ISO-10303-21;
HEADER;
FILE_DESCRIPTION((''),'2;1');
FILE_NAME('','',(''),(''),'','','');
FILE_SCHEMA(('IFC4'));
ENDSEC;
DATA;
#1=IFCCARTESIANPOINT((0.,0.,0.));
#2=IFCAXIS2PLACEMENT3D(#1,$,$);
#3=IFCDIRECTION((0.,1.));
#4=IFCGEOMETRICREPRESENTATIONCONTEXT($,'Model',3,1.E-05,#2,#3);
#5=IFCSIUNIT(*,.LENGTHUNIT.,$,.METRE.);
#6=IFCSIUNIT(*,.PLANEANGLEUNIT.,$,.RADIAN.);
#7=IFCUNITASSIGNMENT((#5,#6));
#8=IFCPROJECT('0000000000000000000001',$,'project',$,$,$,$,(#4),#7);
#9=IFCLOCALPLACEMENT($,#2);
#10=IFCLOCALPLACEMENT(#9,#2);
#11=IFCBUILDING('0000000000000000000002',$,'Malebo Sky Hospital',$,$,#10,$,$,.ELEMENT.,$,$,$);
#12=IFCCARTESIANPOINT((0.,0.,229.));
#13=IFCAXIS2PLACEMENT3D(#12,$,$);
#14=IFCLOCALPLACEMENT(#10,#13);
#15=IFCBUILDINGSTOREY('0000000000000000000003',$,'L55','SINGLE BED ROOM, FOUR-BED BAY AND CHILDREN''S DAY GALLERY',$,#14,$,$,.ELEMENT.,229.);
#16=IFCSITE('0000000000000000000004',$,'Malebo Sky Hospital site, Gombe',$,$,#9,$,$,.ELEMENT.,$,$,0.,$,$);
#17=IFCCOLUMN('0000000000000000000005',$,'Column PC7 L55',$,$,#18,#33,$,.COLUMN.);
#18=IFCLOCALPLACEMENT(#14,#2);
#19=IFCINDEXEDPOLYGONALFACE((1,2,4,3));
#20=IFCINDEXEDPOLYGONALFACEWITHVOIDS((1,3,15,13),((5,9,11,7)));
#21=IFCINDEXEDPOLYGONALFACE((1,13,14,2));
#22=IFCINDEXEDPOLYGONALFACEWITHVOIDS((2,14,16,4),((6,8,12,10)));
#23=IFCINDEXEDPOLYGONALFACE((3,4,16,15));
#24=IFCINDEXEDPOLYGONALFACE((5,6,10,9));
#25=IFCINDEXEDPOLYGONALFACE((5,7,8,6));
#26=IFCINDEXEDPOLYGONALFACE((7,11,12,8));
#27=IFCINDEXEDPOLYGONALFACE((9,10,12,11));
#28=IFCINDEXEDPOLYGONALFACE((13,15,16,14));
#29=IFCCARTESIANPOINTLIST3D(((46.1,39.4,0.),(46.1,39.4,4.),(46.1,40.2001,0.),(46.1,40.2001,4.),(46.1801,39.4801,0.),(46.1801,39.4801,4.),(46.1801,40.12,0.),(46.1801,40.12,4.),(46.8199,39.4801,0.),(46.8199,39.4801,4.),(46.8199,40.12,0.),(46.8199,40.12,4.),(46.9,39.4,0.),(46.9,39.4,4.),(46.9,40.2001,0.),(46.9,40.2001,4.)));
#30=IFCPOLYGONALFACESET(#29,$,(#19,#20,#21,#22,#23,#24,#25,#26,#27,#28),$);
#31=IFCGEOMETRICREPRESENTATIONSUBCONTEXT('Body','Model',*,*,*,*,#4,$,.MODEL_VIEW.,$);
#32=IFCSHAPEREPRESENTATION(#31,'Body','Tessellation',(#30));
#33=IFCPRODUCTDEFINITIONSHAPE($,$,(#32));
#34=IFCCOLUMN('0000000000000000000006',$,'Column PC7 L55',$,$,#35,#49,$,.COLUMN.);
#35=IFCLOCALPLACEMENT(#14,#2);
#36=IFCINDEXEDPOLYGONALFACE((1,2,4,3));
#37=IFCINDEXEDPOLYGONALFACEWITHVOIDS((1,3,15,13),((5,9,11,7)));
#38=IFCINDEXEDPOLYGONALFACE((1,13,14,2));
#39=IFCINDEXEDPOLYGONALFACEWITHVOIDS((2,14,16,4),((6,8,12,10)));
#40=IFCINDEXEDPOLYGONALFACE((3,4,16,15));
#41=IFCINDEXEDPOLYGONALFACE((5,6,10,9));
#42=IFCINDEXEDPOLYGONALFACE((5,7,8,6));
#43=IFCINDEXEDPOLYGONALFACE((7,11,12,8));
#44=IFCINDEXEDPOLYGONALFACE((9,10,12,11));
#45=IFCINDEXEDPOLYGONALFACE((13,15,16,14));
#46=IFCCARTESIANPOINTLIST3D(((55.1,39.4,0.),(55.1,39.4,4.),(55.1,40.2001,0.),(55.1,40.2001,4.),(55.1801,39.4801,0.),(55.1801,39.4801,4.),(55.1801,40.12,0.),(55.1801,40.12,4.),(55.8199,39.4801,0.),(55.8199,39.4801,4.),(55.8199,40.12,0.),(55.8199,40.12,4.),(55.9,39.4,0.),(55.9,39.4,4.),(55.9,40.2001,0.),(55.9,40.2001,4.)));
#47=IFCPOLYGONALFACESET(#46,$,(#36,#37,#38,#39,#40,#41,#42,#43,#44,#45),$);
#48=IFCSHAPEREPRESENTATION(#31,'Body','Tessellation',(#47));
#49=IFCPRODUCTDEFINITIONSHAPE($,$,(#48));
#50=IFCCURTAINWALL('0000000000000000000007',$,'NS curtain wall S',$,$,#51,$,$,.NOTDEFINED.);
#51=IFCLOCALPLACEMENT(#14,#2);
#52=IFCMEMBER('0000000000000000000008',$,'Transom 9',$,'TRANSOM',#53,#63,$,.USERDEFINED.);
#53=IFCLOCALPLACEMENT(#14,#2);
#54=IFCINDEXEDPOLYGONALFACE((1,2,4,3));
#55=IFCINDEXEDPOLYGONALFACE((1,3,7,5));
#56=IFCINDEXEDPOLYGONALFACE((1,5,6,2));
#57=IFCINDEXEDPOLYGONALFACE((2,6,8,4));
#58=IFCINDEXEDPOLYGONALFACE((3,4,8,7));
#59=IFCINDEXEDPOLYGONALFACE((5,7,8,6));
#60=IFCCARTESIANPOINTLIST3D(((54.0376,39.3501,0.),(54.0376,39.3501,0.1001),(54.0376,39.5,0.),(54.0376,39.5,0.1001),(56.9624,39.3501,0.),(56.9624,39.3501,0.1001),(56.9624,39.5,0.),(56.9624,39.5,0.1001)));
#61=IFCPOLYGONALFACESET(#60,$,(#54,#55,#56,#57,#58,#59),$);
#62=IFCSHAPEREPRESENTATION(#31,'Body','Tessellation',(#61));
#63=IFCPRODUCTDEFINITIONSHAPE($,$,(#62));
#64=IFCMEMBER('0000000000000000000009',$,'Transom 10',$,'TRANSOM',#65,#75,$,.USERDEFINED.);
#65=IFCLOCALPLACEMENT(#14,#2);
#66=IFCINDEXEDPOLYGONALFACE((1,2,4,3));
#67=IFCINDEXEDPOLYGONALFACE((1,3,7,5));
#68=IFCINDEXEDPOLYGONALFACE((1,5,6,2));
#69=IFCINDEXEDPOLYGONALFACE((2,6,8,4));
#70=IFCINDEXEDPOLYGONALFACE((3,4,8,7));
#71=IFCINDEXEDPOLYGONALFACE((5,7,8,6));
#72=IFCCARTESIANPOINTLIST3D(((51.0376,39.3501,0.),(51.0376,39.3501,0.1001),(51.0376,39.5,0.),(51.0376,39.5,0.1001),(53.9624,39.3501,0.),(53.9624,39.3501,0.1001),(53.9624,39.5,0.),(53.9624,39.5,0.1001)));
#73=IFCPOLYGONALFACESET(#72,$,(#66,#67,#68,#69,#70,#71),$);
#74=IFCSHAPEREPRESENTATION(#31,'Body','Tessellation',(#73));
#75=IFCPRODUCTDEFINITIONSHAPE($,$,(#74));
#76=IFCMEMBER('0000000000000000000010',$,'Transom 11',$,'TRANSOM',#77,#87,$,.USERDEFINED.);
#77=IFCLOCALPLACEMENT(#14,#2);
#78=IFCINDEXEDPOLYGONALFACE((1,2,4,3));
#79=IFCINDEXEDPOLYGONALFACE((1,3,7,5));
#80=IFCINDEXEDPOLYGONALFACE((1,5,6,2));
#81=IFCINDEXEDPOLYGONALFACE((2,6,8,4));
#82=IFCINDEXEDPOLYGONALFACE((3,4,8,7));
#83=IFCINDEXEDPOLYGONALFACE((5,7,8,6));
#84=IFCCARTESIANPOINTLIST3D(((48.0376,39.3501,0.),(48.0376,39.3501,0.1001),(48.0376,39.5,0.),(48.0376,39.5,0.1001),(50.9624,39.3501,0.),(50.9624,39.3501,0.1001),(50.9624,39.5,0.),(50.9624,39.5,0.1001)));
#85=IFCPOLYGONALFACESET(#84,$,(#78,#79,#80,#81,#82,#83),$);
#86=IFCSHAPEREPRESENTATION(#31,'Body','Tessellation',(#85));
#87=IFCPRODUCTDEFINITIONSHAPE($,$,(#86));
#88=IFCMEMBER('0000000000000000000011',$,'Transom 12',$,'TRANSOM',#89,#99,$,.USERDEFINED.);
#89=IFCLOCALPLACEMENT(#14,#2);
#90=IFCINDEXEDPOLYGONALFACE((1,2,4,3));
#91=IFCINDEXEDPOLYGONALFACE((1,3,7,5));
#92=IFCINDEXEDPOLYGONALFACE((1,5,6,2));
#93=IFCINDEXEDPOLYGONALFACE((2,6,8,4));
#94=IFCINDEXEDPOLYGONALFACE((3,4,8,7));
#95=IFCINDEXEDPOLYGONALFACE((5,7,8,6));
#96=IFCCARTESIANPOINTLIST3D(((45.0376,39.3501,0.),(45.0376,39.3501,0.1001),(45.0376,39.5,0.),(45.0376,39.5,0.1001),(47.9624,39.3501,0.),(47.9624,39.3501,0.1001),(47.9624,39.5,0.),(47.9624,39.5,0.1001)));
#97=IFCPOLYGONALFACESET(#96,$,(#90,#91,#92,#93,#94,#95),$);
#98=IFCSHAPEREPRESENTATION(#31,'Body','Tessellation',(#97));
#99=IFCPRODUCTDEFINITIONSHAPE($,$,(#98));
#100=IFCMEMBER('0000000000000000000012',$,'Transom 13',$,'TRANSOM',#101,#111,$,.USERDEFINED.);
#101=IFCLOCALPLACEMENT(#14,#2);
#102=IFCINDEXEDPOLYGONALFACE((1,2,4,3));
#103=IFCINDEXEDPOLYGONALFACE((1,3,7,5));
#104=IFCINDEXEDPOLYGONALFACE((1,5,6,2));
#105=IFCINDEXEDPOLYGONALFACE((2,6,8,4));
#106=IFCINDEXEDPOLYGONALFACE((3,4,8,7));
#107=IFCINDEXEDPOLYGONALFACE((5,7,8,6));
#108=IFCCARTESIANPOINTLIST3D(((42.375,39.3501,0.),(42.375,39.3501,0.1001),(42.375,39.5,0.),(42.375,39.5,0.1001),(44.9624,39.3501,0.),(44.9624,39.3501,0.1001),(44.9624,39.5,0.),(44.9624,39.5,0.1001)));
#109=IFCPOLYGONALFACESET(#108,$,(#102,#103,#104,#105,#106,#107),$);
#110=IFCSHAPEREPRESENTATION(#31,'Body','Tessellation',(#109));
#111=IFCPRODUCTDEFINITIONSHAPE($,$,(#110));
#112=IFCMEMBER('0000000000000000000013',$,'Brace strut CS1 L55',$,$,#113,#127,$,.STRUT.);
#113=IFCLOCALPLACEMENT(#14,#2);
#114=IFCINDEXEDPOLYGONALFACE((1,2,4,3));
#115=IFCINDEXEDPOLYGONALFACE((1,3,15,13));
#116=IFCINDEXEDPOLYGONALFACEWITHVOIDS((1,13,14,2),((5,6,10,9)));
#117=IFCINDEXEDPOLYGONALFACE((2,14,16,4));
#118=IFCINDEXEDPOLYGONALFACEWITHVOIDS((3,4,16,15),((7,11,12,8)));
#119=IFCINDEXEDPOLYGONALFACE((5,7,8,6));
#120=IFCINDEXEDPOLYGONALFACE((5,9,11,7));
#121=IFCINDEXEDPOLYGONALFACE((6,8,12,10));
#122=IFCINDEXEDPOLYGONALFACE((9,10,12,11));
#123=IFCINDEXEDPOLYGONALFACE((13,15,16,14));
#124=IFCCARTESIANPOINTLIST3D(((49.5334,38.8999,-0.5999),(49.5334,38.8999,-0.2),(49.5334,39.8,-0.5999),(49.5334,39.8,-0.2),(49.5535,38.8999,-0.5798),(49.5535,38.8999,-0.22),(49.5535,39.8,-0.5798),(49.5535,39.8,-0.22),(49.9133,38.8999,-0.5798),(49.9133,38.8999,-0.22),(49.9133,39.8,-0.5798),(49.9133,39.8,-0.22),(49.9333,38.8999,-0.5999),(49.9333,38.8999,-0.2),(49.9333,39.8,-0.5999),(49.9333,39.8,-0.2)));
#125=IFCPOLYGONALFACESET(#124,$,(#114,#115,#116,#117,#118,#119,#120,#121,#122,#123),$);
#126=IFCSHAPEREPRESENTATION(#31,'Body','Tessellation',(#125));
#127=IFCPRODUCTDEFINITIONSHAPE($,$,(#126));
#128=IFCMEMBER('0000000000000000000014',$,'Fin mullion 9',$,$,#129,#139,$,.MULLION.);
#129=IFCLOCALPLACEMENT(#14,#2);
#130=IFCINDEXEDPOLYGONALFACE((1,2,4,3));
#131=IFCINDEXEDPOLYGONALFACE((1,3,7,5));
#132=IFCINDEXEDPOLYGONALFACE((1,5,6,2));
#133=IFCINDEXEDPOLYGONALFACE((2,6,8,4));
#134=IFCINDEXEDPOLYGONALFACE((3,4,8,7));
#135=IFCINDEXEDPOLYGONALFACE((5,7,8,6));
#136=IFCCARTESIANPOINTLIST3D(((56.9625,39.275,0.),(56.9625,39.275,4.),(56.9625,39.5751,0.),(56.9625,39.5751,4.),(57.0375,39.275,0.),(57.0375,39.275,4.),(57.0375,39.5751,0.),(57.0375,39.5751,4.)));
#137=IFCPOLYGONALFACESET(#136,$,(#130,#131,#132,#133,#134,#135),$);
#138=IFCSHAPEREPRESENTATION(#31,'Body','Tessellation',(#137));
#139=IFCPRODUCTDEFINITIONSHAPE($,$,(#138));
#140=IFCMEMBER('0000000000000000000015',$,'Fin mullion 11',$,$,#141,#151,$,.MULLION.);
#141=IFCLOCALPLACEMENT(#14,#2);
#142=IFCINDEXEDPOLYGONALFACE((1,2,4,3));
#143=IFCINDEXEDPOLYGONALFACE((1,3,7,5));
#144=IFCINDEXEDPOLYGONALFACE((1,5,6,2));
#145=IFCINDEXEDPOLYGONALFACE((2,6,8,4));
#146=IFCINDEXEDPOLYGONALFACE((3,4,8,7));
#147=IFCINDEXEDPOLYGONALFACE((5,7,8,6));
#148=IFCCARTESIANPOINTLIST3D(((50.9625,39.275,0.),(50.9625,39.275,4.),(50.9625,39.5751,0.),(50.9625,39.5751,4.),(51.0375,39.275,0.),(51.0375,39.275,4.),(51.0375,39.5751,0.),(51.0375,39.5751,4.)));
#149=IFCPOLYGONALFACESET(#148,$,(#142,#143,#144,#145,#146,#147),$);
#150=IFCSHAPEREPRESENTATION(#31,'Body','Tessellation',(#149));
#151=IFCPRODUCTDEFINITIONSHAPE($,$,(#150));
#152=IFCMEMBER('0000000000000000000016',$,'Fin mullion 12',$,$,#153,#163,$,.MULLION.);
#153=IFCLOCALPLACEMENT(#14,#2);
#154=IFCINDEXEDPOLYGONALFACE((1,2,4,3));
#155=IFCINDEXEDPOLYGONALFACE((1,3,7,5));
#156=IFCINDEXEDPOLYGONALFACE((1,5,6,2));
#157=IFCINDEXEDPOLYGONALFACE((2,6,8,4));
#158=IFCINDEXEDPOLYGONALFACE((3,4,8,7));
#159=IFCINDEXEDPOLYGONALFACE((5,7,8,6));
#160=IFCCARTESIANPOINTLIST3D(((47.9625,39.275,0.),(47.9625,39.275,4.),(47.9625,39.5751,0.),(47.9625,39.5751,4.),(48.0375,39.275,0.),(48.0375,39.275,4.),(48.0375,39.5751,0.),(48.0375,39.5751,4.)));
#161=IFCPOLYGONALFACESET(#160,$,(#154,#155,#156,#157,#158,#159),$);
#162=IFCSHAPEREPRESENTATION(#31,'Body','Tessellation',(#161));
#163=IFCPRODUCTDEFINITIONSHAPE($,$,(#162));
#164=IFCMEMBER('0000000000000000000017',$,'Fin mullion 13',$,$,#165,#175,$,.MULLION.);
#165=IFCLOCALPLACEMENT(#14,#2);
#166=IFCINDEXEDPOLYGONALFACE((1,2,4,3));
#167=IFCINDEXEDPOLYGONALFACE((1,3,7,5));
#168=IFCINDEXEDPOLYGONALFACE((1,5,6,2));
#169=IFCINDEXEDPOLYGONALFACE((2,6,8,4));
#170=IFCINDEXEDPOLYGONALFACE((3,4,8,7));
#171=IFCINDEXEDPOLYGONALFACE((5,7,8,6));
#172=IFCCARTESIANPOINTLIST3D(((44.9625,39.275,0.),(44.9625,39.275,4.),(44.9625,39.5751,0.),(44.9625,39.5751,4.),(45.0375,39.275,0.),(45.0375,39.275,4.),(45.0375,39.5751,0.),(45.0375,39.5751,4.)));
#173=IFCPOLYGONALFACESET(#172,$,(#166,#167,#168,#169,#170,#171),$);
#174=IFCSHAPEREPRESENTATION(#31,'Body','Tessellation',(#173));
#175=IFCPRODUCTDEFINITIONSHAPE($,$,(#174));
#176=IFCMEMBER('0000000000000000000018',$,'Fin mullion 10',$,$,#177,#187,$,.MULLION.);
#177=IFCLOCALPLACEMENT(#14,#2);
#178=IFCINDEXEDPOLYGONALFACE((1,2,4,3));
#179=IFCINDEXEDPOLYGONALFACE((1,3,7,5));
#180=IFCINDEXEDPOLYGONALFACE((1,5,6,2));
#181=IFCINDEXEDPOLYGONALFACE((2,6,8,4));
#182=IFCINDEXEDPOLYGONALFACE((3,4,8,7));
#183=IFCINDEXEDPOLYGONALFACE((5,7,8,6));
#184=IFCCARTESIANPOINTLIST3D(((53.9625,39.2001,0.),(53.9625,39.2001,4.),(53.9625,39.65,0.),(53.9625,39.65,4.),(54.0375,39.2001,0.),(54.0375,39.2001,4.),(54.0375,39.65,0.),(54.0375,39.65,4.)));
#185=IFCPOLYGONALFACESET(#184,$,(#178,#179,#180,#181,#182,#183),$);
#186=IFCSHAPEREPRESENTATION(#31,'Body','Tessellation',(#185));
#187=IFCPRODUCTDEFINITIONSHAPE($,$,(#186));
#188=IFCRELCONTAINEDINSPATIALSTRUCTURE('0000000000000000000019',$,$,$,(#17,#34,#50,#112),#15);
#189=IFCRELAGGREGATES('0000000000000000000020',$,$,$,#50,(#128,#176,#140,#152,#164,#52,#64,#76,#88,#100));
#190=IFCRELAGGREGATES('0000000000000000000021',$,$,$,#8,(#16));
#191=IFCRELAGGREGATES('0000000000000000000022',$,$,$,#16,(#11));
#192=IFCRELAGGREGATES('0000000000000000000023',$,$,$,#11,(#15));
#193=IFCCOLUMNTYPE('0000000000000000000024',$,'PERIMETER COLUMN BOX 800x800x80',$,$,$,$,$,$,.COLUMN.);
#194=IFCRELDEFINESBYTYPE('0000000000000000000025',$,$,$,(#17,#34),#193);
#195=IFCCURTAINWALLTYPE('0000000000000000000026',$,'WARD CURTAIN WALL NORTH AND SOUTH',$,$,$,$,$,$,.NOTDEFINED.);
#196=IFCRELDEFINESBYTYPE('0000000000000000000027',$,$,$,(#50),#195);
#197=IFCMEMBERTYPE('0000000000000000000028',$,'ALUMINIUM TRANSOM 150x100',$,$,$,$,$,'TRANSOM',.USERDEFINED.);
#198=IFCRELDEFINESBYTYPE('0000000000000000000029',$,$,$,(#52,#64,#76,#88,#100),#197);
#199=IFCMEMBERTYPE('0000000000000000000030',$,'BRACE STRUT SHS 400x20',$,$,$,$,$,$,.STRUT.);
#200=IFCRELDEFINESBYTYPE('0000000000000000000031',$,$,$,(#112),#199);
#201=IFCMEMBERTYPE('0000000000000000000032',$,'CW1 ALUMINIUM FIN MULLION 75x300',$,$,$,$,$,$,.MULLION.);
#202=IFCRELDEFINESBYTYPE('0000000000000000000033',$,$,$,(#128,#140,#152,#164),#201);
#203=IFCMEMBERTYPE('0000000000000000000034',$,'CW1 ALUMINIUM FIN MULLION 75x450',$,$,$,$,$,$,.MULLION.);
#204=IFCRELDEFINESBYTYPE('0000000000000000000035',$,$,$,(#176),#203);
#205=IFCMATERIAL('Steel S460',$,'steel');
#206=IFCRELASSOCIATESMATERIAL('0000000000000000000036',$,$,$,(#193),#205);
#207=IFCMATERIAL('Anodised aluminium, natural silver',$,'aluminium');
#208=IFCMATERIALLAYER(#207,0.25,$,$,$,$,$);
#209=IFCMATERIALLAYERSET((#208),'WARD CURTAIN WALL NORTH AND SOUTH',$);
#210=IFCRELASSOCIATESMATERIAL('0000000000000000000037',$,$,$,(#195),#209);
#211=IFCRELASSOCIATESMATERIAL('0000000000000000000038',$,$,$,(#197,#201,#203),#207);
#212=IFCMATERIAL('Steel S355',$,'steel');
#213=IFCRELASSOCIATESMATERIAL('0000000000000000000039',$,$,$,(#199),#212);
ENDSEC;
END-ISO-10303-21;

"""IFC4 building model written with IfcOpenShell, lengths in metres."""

from ifc_helpers import new_model, si_unit, direction, frame, origin, origin_2d, place, context, subcontext, project, spatial, rectangle, hollow_rectangle, extrude, material, layer, layer_set, material_profile, profile_set, type_object, element, aggregate, save


model = new_model("IFC4")

# Units and contexts
model_context = context("Model", 3, precision=1e-05, world=origin(), true_north=direction((0.0, 1.0)))
body_context = subcontext(model_context, "Body", "Model", "MODEL_VIEW")
ifc_project = project(units=[si_unit("LENGTHUNIT", "METRE"), si_unit("PLANEANGLEUNIT", "RADIAN")], contexts=[model_context])

# Site, building, storey
site_placement = place(None, origin())
site = spatial("IfcSite", under=ifc_project, at=site_placement, Name="Malebo Sky Hospital site, Gombe", CompositionType="ELEMENT", RefElevation=0.0)
building_placement = place(site_placement, origin())
building = spatial("IfcBuilding", under=site, at=building_placement, Name="Malebo Sky Hospital", CompositionType="ELEMENT")
storey_placement = place(building_placement, frame((0.0, 0.0, 229.0)))
storey = spatial("IfcBuildingStorey", under=building, at=storey_placement, Name="L55", Description="SINGLE BED ROOM, FOUR-BED BAY AND CHILDREN'S DAY GALLERY", CompositionType="ELEMENT", Elevation=229.0)

# Columns
ifc_material_1 = material(Name="Steel S460", Category="steel")
ifc_material_profile_1 = material_profile(ifc_material_1, hollow_rectangle(XDim=0.8, YDim=0.8, WallThickness=0.0801, at=origin_2d()), Name="BOX 800x800x80")
ifc_profile_set_1 = profile_set([ifc_material_profile_1], Name="Steel S460")
column_type = type_object("IfcColumnType", Name="PERIMETER COLUMN BOX 800x800x80", PredefinedType="COLUMN", material=ifc_profile_set_1)
for number, where, z_axis, x_axis, name in (
    (1, (46.5, 39.8, 0.0), (0.0, 0.0, 1.0), (1.0, 0.0, 0.0), "Column PC7 L55"),
    (2, (55.5, 39.8, 0.0), (0.0, 0.0, 1.0), (1.0, 0.0, 0.0), "Column PC7 L55"),
):
    element("IfcColumn", number, at=place(storey_placement, frame(where, z_axis=z_axis, x_axis=x_axis)), inside=storey, type_object=column_type, Name=name, PredefinedType="COLUMN", context=body_context, shape_type="SweptSolid", body=[
        extrude(hollow_rectangle(XDim=0.8, YDim=0.8, WallThickness=0.0801, at=origin_2d()), origin(), (0.0, 0.0, 1.0), 4.0),
    ])

# Curtain wall, members
ifc_material_2 = material(Name="Anodised aluminium, natural silver", Category="aluminium")
ifc_layer_1 = layer(ifc_material_2, 0.25)
ifc_layer_set_1 = layer_set([ifc_layer_1], Name="WARD CURTAIN WALL NORTH AND SOUTH")
curtain_wall_type = type_object("IfcCurtainWallType", Name="WARD CURTAIN WALL NORTH AND SOUTH", PredefinedType="NOTDEFINED", material=ifc_layer_set_1)
curtain_wall_placement = place(storey_placement, origin())
curtain_wall = element("IfcCurtainWall", 3, at=curtain_wall_placement, inside=storey, type_object=curtain_wall_type, Name="NS curtain wall S", PredefinedType="NOTDEFINED")
ifc_material_profile_2 = material_profile(ifc_material_2, rectangle(XDim=0.1499, YDim=0.1001, at=origin_2d()), Name="ALUMINIUM TRANSOM 150x100")
ifc_profile_set_2 = profile_set([ifc_material_profile_2], Name="Anodised aluminium, natural silver")
member_type_1 = type_object("IfcMemberType", Name="ALUMINIUM TRANSOM 150x100", ElementType="TRANSOM", PredefinedType="USERDEFINED", material=ifc_profile_set_2)
member_1_placement = place(storey_placement, frame((56.9624, 39.425, 0.05), z_axis=(-1.0, 0.0, 0.0), x_axis=(0.0, -1.0, 0.0)))
member_1 = element("IfcMember", 4, at=member_1_placement, type_object=member_type_1, Name="Transom 9", ObjectType="TRANSOM", PredefinedType="USERDEFINED", context=body_context, shape_type="SweptSolid", body=[
    extrude(rectangle(XDim=0.1499, YDim=0.1001, at=origin_2d()), origin(), (0.0, 0.0, 1.0), 2.9248),
])
member_2_placement = place(storey_placement, frame((53.9624, 39.425, 0.05), z_axis=(-1.0, 0.0, 0.0), x_axis=(0.0, -1.0, 0.0)))
member_2 = element("IfcMember", 5, at=member_2_placement, type_object=member_type_1, Name="Transom 10", ObjectType="TRANSOM", PredefinedType="USERDEFINED", context=body_context, shape_type="SweptSolid", body=[
    extrude(rectangle(XDim=0.1499, YDim=0.1001, at=origin_2d()), origin(), (0.0, 0.0, 1.0), 2.9248),
])
member_3_placement = place(storey_placement, frame((50.9624, 39.425, 0.05), z_axis=(-1.0, 0.0, 0.0), x_axis=(0.0, -1.0, 0.0)))
member_3 = element("IfcMember", 6, at=member_3_placement, type_object=member_type_1, Name="Transom 11", ObjectType="TRANSOM", PredefinedType="USERDEFINED", context=body_context, shape_type="SweptSolid", body=[
    extrude(rectangle(XDim=0.1499, YDim=0.1001, at=origin_2d()), origin(), (0.0, 0.0, 1.0), 2.9248),
])
member_4_placement = place(storey_placement, frame((47.9624, 39.425, 0.05), z_axis=(-1.0, 0.0, 0.0), x_axis=(0.0, -1.0, 0.0)))
member_4 = element("IfcMember", 7, at=member_4_placement, type_object=member_type_1, Name="Transom 12", ObjectType="TRANSOM", PredefinedType="USERDEFINED", context=body_context, shape_type="SweptSolid", body=[
    extrude(rectangle(XDim=0.1499, YDim=0.1001, at=origin_2d()), origin(), (0.0, 0.0, 1.0), 2.9248),
])
member_5_placement = place(storey_placement, frame((44.9624, 39.425, 0.05), z_axis=(-1.0, 0.0, 0.0), x_axis=(0.0, -1.0, 0.0)))
member_5 = element("IfcMember", 8, at=member_5_placement, type_object=member_type_1, Name="Transom 13", ObjectType="TRANSOM", PredefinedType="USERDEFINED", context=body_context, shape_type="SweptSolid", body=[
    extrude(rectangle(XDim=0.1499, YDim=0.1001, at=origin_2d()), origin(), (0.0, 0.0, 1.0), 2.5874),
])

# Members
ifc_material_3 = material(Name="Steel S355", Category="steel")
ifc_material_profile_3 = material_profile(ifc_material_3, hollow_rectangle(XDim=0.3999, YDim=0.3999, WallThickness=0.02, at=origin_2d()), Name="SHS 400x20")
ifc_profile_set_3 = profile_set([ifc_material_profile_3], Name="Steel S355")
member_type_2 = type_object("IfcMemberType", Name="BRACE STRUT SHS 400x20", PredefinedType="STRUT", material=ifc_profile_set_3)
member_6_placement = place(storey_placement, frame((49.7334, 38.8999, -0.3999), z_axis=(0.0, 1.0, 0.0), x_axis=(-1.0, 0.0, 0.0)))
element("IfcMember", 9, at=member_6_placement, inside=storey, type_object=member_type_2, Name="Brace strut CS1 L55", PredefinedType="STRUT", context=body_context, shape_type="SweptSolid", body=[
    extrude(hollow_rectangle(XDim=0.3999, YDim=0.3999, WallThickness=0.02, at=origin_2d()), origin(), (0.0, 0.0, 1.0), 0.9001),
])
ifc_material_profile_4 = material_profile(ifc_material_2, rectangle(XDim=0.075, YDim=0.3, at=origin_2d()), Name="CW1 ALUMINIUM FIN MULLION 75x300")
ifc_profile_set_4 = profile_set([ifc_material_profile_4], Name="Anodised aluminium, natural silver")
member_type_3 = type_object("IfcMemberType", Name="CW1 ALUMINIUM FIN MULLION 75x300", PredefinedType="MULLION", material=ifc_profile_set_4)
member_7_placement = place(storey_placement, frame((57.0, 39.425, 0.0), z_axis=(0.0, 0.0, 1.0), x_axis=(-1.0, 0.0, 0.0)))
member_7 = element("IfcMember", 10, at=member_7_placement, type_object=member_type_3, Name="Fin mullion 9", PredefinedType="MULLION", context=body_context, shape_type="SweptSolid", body=[
    extrude(rectangle(XDim=0.075, YDim=0.3, at=origin_2d()), origin(), (0.0, 0.0, 1.0), 4.0),
])
member_8_placement = place(storey_placement, frame((51.0, 39.425, 0.0), z_axis=(0.0, 0.0, 1.0), x_axis=(-1.0, 0.0, 0.0)))
member_8 = element("IfcMember", 11, at=member_8_placement, type_object=member_type_3, Name="Fin mullion 11", PredefinedType="MULLION", context=body_context, shape_type="SweptSolid", body=[
    extrude(rectangle(XDim=0.075, YDim=0.3, at=origin_2d()), origin(), (0.0, 0.0, 1.0), 4.0),
])
member_9_placement = place(storey_placement, frame((48.0, 39.425, 0.0), z_axis=(0.0, 0.0, 1.0), x_axis=(-1.0, 0.0, 0.0)))
member_9 = element("IfcMember", 12, at=member_9_placement, type_object=member_type_3, Name="Fin mullion 12", PredefinedType="MULLION", context=body_context, shape_type="SweptSolid", body=[
    extrude(rectangle(XDim=0.075, YDim=0.3, at=origin_2d()), origin(), (0.0, 0.0, 1.0), 4.0),
])
member_10_placement = place(storey_placement, frame((45.0, 39.425, 0.0), z_axis=(0.0, 0.0, 1.0), x_axis=(-1.0, 0.0, 0.0)))
member_10 = element("IfcMember", 13, at=member_10_placement, type_object=member_type_3, Name="Fin mullion 13", PredefinedType="MULLION", context=body_context, shape_type="SweptSolid", body=[
    extrude(rectangle(XDim=0.075, YDim=0.3, at=origin_2d()), origin(), (0.0, 0.0, 1.0), 4.0),
])
ifc_material_profile_5 = material_profile(ifc_material_2, rectangle(XDim=0.075, YDim=0.45, at=origin_2d()), Name="CW1 ALUMINIUM FIN MULLION 75x450")
ifc_profile_set_5 = profile_set([ifc_material_profile_5], Name="Anodised aluminium, natural silver")
member_type_4 = type_object("IfcMemberType", Name="CW1 ALUMINIUM FIN MULLION 75x450", PredefinedType="MULLION", material=ifc_profile_set_5)
member_11_placement = place(storey_placement, frame((54.0, 39.425, 0.0), z_axis=(0.0, 0.0, 1.0), x_axis=(-1.0, 0.0, 0.0)))
member_11 = element("IfcMember", 14, at=member_11_placement, type_object=member_type_4, Name="Fin mullion 10", PredefinedType="MULLION", context=body_context, shape_type="SweptSolid", body=[
    extrude(rectangle(XDim=0.075, YDim=0.45, at=origin_2d()), origin(), (0.0, 0.0, 1.0), 4.0),
])

aggregate(curtain_wall, [member_7, member_11, member_8, member_9, member_10, member_1, member_2, member_3, member_4, member_5])

save(model, "model.ifc")
